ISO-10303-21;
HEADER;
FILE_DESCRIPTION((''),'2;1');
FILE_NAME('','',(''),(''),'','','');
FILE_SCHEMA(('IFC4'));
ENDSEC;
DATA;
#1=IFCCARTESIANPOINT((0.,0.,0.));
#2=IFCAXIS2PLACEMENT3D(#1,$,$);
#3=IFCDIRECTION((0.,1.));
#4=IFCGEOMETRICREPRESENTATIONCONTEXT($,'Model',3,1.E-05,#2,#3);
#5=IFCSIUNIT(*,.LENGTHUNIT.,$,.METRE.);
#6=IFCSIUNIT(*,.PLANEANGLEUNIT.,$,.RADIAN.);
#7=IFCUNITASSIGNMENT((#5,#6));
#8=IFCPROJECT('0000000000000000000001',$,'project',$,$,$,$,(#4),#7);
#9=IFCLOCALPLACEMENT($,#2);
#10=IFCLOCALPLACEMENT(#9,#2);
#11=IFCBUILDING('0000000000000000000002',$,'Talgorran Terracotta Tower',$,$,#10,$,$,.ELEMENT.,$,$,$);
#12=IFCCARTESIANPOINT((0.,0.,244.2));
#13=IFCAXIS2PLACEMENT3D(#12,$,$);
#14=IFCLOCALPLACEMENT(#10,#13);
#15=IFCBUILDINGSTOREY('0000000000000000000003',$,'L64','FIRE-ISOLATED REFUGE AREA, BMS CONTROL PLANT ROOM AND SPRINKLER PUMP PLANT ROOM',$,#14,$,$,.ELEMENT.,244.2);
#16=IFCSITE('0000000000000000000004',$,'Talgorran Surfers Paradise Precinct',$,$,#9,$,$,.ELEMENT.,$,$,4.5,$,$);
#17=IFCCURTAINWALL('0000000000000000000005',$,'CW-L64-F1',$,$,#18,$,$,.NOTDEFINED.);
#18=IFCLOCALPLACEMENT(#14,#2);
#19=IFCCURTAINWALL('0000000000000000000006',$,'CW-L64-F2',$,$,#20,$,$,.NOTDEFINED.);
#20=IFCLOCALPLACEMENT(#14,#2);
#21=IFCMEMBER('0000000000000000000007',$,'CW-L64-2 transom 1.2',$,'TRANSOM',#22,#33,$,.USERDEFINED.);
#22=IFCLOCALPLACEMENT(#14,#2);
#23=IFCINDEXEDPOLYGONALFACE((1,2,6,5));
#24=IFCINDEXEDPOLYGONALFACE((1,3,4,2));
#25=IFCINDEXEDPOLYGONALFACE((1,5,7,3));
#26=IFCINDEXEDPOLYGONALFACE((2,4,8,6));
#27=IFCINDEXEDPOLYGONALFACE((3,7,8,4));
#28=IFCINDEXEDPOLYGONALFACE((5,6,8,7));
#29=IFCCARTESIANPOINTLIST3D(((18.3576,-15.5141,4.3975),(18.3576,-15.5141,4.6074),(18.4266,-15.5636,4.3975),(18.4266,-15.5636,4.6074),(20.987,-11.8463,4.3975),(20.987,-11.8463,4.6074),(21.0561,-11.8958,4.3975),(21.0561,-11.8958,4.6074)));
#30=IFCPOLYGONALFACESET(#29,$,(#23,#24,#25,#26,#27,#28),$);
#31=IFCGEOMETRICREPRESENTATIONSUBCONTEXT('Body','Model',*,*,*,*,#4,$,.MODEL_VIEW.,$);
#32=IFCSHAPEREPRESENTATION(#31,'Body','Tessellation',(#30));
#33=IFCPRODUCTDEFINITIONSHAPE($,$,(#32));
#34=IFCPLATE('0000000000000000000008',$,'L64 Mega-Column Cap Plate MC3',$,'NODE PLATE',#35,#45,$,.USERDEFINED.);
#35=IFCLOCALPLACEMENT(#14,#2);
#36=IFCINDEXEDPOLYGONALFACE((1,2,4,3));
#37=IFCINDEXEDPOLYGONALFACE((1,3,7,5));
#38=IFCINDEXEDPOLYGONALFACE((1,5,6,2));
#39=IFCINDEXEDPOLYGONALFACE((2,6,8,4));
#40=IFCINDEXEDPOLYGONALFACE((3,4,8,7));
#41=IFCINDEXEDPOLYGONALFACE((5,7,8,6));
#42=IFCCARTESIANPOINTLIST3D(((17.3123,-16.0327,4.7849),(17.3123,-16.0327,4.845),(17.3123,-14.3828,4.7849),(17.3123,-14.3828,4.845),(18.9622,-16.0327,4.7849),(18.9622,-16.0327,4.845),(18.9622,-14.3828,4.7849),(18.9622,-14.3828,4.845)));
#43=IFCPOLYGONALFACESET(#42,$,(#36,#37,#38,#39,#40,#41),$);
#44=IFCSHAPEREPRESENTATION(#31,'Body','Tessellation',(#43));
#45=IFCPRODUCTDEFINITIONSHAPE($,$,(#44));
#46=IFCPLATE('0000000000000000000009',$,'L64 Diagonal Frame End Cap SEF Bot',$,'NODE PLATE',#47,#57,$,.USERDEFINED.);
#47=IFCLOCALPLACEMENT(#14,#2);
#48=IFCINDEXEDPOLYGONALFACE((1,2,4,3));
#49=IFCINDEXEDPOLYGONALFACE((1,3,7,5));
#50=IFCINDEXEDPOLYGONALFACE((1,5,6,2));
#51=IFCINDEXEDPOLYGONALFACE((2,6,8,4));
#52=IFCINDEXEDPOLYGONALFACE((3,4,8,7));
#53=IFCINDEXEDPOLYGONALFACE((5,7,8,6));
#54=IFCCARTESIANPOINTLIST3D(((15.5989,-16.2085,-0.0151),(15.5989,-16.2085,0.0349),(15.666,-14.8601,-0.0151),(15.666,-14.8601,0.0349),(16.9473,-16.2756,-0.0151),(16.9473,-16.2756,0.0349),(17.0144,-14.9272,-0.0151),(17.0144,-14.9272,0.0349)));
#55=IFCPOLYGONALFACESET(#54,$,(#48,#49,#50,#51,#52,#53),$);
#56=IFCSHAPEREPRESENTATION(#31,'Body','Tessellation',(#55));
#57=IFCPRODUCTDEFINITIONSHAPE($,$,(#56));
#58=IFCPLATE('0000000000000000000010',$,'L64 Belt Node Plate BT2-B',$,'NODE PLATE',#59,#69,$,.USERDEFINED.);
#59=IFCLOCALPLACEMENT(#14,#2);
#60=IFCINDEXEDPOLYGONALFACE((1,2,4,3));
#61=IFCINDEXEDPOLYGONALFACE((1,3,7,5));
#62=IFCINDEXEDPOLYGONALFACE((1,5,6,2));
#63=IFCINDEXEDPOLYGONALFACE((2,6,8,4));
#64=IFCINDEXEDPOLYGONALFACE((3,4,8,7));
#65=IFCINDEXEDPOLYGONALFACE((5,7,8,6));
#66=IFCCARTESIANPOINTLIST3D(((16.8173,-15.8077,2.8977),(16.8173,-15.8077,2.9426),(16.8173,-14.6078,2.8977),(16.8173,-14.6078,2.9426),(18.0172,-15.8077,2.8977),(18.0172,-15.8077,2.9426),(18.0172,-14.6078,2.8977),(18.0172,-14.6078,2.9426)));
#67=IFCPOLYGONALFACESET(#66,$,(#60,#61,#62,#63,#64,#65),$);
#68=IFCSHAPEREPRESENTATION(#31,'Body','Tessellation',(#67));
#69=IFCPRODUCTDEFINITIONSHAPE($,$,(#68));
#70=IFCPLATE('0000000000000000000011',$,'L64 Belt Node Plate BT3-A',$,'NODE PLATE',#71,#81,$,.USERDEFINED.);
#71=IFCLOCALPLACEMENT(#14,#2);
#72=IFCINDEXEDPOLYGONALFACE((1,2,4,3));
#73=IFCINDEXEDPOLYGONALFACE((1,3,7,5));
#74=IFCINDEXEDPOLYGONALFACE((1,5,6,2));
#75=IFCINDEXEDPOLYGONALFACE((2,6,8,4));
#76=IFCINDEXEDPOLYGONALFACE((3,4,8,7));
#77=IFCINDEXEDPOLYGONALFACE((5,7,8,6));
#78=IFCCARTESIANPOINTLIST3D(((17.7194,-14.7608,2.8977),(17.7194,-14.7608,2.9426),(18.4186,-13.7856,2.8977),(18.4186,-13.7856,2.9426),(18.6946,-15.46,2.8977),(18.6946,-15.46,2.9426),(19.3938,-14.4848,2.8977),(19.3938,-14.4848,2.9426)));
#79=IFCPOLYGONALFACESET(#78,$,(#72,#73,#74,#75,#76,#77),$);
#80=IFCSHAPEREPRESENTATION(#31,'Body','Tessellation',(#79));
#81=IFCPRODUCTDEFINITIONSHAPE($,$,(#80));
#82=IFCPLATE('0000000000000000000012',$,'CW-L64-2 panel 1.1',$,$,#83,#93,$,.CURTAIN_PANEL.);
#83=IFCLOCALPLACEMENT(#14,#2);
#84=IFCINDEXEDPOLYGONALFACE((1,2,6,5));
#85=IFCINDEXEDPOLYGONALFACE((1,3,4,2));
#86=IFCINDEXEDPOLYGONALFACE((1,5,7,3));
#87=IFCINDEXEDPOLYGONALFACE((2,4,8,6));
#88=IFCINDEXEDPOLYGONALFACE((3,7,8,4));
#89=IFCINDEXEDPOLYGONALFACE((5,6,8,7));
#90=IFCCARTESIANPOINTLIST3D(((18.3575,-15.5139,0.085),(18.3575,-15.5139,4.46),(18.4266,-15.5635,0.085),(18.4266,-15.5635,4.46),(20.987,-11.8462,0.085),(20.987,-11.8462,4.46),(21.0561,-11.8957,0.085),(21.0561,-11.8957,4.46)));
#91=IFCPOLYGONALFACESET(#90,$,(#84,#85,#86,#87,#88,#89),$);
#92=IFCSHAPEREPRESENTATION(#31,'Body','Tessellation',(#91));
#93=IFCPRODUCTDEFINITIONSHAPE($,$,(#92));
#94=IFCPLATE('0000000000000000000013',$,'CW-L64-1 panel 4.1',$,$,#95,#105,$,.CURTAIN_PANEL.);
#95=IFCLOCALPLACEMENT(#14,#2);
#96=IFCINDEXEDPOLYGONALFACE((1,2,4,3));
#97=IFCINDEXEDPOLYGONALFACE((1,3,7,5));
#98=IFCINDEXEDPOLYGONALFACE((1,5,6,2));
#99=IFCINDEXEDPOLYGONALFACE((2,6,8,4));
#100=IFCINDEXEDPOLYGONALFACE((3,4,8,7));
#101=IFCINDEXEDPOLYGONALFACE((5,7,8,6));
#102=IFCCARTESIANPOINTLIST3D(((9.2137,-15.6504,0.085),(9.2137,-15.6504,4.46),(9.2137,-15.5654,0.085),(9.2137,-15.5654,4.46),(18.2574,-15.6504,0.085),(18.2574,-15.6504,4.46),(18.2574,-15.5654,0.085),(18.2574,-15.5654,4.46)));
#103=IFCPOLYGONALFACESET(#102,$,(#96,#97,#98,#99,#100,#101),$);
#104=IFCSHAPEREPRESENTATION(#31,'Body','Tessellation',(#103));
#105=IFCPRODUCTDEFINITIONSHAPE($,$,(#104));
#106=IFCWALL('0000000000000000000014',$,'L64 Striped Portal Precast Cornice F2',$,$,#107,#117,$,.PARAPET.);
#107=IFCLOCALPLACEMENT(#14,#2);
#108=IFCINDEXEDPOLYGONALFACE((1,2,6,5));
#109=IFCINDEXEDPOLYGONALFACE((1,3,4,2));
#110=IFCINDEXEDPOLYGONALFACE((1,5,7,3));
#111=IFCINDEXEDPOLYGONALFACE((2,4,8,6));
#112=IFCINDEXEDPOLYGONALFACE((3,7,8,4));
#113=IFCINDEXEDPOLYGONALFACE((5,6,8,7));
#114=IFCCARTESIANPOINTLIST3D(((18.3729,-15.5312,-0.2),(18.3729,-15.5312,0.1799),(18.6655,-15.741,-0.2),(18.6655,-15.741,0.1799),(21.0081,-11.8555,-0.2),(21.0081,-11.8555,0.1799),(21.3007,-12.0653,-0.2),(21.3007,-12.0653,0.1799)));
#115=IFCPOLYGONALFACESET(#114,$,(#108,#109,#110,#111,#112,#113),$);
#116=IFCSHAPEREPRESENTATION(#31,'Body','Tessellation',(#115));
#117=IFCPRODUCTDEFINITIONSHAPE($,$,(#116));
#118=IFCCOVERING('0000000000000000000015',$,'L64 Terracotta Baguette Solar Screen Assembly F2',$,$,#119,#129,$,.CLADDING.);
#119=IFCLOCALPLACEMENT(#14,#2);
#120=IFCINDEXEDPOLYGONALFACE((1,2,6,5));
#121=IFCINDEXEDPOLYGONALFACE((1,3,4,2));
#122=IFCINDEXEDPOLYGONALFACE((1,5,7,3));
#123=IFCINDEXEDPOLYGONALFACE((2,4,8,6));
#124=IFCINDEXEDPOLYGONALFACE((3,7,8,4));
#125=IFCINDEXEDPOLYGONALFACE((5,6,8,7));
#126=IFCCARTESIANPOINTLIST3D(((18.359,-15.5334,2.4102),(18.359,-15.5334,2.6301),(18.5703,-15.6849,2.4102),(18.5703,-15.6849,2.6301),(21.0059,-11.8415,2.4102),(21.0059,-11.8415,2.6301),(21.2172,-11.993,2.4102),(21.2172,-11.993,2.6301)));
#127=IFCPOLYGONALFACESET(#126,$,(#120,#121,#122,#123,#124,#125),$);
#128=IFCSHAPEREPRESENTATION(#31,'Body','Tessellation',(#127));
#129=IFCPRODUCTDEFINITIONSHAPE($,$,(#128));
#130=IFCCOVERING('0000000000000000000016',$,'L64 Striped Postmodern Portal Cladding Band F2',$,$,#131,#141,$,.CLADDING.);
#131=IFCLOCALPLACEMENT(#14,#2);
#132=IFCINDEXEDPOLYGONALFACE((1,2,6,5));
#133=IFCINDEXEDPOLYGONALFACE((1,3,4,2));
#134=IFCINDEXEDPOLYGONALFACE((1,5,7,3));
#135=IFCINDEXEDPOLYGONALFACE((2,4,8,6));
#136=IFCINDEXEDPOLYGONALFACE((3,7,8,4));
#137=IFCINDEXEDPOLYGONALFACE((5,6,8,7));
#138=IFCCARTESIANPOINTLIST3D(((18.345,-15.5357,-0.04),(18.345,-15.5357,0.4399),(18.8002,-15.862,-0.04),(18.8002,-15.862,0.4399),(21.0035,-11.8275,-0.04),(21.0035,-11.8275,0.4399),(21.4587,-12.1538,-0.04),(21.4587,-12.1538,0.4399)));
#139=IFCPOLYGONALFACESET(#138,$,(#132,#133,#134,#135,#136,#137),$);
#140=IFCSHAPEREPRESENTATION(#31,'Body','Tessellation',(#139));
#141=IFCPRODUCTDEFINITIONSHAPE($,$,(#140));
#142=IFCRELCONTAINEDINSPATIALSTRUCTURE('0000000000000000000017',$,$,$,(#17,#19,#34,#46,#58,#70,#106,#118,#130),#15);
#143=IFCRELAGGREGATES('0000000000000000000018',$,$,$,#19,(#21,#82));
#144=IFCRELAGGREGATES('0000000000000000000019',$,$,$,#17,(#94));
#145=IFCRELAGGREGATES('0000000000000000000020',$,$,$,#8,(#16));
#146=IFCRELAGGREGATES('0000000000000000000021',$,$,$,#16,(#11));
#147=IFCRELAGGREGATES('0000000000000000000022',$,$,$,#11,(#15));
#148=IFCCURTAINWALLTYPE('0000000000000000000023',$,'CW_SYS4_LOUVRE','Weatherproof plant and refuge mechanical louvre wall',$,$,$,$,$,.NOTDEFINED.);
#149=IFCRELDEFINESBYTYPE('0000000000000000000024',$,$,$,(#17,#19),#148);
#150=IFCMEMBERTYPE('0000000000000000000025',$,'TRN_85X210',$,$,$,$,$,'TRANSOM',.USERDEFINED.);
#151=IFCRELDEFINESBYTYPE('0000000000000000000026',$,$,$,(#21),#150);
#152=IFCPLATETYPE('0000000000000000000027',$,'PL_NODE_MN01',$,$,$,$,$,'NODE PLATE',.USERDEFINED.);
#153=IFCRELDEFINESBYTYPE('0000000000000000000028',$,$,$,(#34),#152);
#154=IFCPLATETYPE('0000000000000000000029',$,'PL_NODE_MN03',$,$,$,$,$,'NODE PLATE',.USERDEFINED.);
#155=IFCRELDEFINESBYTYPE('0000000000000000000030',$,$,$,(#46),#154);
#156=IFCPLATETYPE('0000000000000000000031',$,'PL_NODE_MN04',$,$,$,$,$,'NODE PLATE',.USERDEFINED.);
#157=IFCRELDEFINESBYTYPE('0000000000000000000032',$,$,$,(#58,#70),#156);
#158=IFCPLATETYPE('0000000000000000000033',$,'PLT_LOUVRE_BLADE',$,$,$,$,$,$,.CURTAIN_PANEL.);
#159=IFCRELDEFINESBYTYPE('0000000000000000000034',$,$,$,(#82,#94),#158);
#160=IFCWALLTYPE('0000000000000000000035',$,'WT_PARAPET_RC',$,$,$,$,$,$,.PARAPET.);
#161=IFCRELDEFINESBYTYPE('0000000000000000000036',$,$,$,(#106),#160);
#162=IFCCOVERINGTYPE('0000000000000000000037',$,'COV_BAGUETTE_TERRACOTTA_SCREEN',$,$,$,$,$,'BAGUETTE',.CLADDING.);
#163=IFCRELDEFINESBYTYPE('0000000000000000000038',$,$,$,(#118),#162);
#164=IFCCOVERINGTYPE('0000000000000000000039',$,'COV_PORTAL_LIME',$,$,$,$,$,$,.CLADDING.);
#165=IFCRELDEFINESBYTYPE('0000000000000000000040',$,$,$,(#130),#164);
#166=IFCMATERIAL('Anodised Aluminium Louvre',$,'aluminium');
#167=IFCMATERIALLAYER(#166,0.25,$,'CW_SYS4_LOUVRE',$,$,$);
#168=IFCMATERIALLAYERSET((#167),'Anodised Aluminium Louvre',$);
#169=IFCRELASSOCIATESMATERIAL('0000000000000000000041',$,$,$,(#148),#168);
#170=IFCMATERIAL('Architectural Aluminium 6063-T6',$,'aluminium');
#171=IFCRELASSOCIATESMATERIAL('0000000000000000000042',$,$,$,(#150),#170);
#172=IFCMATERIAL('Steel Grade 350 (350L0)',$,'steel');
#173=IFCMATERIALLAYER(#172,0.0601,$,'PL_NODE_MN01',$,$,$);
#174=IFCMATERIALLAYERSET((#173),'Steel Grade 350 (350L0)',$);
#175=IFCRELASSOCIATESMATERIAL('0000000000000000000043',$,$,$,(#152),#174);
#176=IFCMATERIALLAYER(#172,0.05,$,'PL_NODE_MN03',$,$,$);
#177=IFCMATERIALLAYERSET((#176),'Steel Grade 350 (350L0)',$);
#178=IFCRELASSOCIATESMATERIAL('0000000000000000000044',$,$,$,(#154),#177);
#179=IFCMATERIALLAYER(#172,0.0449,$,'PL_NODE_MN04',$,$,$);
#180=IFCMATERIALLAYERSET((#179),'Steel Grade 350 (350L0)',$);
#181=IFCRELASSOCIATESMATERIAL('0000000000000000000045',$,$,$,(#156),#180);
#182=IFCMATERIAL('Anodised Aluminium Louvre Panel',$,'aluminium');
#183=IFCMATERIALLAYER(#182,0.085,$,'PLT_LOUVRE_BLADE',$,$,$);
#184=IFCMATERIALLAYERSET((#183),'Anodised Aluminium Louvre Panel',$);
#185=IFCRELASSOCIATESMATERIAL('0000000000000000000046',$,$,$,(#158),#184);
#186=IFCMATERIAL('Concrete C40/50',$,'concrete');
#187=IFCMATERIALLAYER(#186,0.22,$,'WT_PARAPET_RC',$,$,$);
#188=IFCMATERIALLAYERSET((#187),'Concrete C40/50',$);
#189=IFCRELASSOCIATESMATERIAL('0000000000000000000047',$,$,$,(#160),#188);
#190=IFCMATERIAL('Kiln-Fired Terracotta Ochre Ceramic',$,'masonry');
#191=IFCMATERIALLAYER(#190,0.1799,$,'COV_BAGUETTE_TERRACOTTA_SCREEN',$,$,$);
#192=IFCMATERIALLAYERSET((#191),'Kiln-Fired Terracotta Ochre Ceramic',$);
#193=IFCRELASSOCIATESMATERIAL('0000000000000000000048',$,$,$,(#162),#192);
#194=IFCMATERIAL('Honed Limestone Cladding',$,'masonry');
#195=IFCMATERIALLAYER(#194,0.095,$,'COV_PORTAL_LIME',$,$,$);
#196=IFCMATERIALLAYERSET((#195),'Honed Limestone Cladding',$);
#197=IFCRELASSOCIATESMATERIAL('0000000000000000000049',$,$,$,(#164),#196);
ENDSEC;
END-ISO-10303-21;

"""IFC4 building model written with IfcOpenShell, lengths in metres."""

from ifc_helpers import new_model, si_unit, direction, frame, frame_2d, origin, origin_2d, place, context, subcontext, project, spatial, rectangle, extrude, source, transform, mapped, material, layer, layer_set, material_profile, profile_set, type_object, type_shapes, element, aggregate, save


model = new_model("IFC4")

# Units and contexts
model_context = context("Model", 3, precision=1e-05, world=origin(), true_north=direction((0.0, 1.0)))
body_context = subcontext(model_context, "Body", "Model", "MODEL_VIEW")
ifc_project = project(units=[si_unit("LENGTHUNIT", "METRE"), si_unit("PLANEANGLEUNIT", "RADIAN")], contexts=[model_context])

# Site, building, storey
site_placement = place(None, origin())
site = spatial("IfcSite", under=ifc_project, at=site_placement, Name="Talgorran Surfers Paradise Precinct", CompositionType="ELEMENT", RefElevation=4.5)
building_placement = place(site_placement, origin())
building = spatial("IfcBuilding", under=site, at=building_placement, Name="Talgorran Terracotta Tower", CompositionType="ELEMENT")
storey_placement = place(building_placement, frame((0.0, 0.0, 244.2)))
storey = spatial("IfcBuildingStorey", under=building, at=storey_placement, Name="L64", Description="FIRE-ISOLATED REFUGE AREA, BMS CONTROL PLANT ROOM AND SPRINKLER PUMP PLANT ROOM", CompositionType="ELEMENT", Elevation=244.2)

# Shared definitions
ifc_material_1 = material(Name="Steel Grade 350 (350L0)", Category="steel")

# Curtain wall
ifc_material_2 = material(Name="Anodised Aluminium Louvre", Category="aluminium")
ifc_layer_1 = layer(ifc_material_2, 0.25, Name="CW_SYS4_LOUVRE")
ifc_layer_set_1 = layer_set([ifc_layer_1], Name="Anodised Aluminium Louvre")
curtain_wall_type = type_object("IfcCurtainWallType", Name="CW_SYS4_LOUVRE", Description="Weatherproof plant and refuge mechanical louvre wall", PredefinedType="NOTDEFINED", material=ifc_layer_set_1)
curtain_wall_1_placement = place(storey_placement, origin())
curtain_wall_1 = element("IfcCurtainWall", 1, at=curtain_wall_1_placement, inside=storey, type_object=curtain_wall_type, Name="CW-L64-F1", PredefinedType="NOTDEFINED")
ifc_material_3 = material(Name="Architectural Aluminium 6063-T6", Category="aluminium")

# Curtain wall, member
curtain_wall_2_placement = place(storey_placement, origin())
curtain_wall_2 = element("IfcCurtainWall", 2, at=curtain_wall_2_placement, inside=storey, type_object=curtain_wall_type, Name="CW-L64-F2", PredefinedType="NOTDEFINED")
ifc_material_profile_1 = material_profile(ifc_material_3, rectangle(XDim=0.085, YDim=0.21, at=origin_2d()), Name="CWT85X210")
ifc_profile_set_1 = profile_set([ifc_material_profile_1], Name="Architectural Aluminium 6063-T6")
member_type_1 = type_object("IfcMemberType", Name="TRN_85X210", ElementType="TRANSOM", PredefinedType="USERDEFINED", material=ifc_profile_set_1)
member_1_placement = place(storey_placement, frame((18.3921, -15.5388, 4.5024), z_axis=(0.582645, 0.812727, 0.0), x_axis=(-0.812727, 0.582645, 0.0)))
member_1 = element("IfcMember", 3, at=member_1_placement, type_object=member_type_1, Name="CW-L64-2 transom 1.2", ObjectType="TRANSOM", PredefinedType="USERDEFINED", context=body_context, shape_type="SweptSolid", body=[
    extrude(rectangle(XDim=0.085, YDim=0.21, at=origin_2d()), origin(), (0.0, 0.0, 1.0), 4.5129),
])

# Plates
ifc_layer_2 = layer(ifc_material_1, 0.0601, Name="PL_NODE_MN01")
ifc_layer_set_2 = layer_set([ifc_layer_2], Name="Steel Grade 350 (350L0)")
plate_type_1 = type_object("IfcPlateType", Name="PL_NODE_MN01", ElementType="NODE PLATE", PredefinedType="USERDEFINED", material=ifc_layer_set_2)
plate_1_placement = place(storey_placement, frame((18.1372, -15.2078, 4.7849), z_axis=(0.0, 0.0, 1.0), x_axis=(1.0, 0.0, 0.0)))
element("IfcPlate", 4, at=plate_1_placement, inside=storey, type_object=plate_type_1, Name="L64 Mega-Column Cap Plate MC3", ObjectType="NODE PLATE", PredefinedType="USERDEFINED", context=body_context, shape_type="SweptSolid", body=[
    extrude(rectangle(XDim=1.6499, YDim=1.6499, at=origin_2d()), origin(), (0.0, 0.0, 1.0), 0.0601),
])
ifc_layer_3 = layer(ifc_material_1, 0.05, Name="PL_NODE_MN03")
ifc_layer_set_3 = layer_set([ifc_layer_3], Name="Steel Grade 350 (350L0)")
plate_type_2 = type_object("IfcPlateType", Name="PL_NODE_MN03", ElementType="NODE PLATE", PredefinedType="USERDEFINED", material=ifc_layer_set_3)
plate_2_placement = place(storey_placement, frame((16.3066, -15.5679, -0.0151), z_axis=(0.0, 0.0, 1.0), x_axis=(-0.998763, 0.049721, 0.0)))
element("IfcPlate", 5, at=plate_2_placement, inside=storey, type_object=plate_type_2, Name="L64 Diagonal Frame End Cap SEF Bot", ObjectType="NODE PLATE", PredefinedType="USERDEFINED", context=body_context, shape_type="SweptSolid", body=[
    extrude(rectangle(XDim=1.3501, YDim=1.3501, at=origin_2d()), origin(), (0.0, 0.0, 1.0), 0.05),
])
ifc_layer_4 = layer(ifc_material_1, 0.0449, Name="PL_NODE_MN04")
ifc_layer_set_4 = layer_set([ifc_layer_4], Name="Steel Grade 350 (350L0)")
plate_type_3 = type_object("IfcPlateType", Name="PL_NODE_MN04", ElementType="NODE PLATE", PredefinedType="USERDEFINED", material=ifc_layer_set_4)
for number, where, z_axis, x_axis, name in (
    (6, (17.4172, -15.2078, 2.8977), (0.0, 0.0, 1.0), (1.0, 0.0, 0.0), "L64 Belt Node Plate BT2-B"),
    (7, (18.5566, -14.6228, 2.8977), (0.0, 0.0, 1.0), (0.58269, 0.812694, 0.0), "L64 Belt Node Plate BT3-A"),
):
    element("IfcPlate", number, at=place(storey_placement, frame(where, z_axis=z_axis, x_axis=x_axis)), inside=storey, type_object=plate_type_3, Name=name, ObjectType="NODE PLATE", PredefinedType="USERDEFINED", context=body_context, shape_type="SweptSolid", body=[
        extrude(rectangle(XDim=1.2, YDim=1.2, at=origin_2d()), origin(), (0.0, 0.0, 1.0), 0.0449),
    ])

# Plates
ifc_material_4 = material(Name="Anodised Aluminium Louvre Panel", Category="aluminium")
ifc_layer_5 = layer(ifc_material_4, 0.085, Name="PLT_LOUVRE_BLADE")
ifc_layer_set_5 = layer_set([ifc_layer_5], Name="Anodised Aluminium Louvre Panel")
plate_type_4 = type_object("IfcPlateType", Name="PLT_LOUVRE_BLADE", PredefinedType="CURTAIN_PANEL", material=ifc_layer_set_5)
shared_shape_1 = source(origin(), body_context, "Body", "SweptSolid", [
    extrude(rectangle(XDim=4.5129, YDim=0.085, at=origin_2d()), origin(), (0.0, 0.0, 1.0), 4.375),
])
plate_3_placement = place(storey_placement, frame((19.7068, -13.7048, 0.085), z_axis=(0.0, 0.0, 1.0), x_axis=(0.582661, 0.812715, 0.0)))
plate_3 = element("IfcPlate", 8, at=plate_3_placement, type_object=plate_type_4, Name="CW-L64-2 panel 1.1", PredefinedType="CURTAIN_PANEL", context=body_context, shape_type="MappedRepresentation", body=[
    mapped(shared_shape_1, transform((0.0, 0.0, 0.0), scale=1.0)),
])
aggregate(curtain_wall_2, [member_1, plate_3])
shared_shape_2 = source(origin(), body_context, "Body", "SweptSolid", [
    extrude(rectangle(XDim=9.0437, YDim=0.085, at=origin_2d()), origin(), (0.0, 0.0, 1.0), 4.375),
])
type_shapes(plate_type_4, [shared_shape_1, shared_shape_2])
plate_4_placement = place(storey_placement, frame((13.7356, -15.6079, 0.085), z_axis=(0.0, 0.0, 1.0), x_axis=(1.0, 0.0, 0.0)))
plate_4 = element("IfcPlate", 9, at=plate_4_placement, type_object=plate_type_4, Name="CW-L64-1 panel 4.1", PredefinedType="CURTAIN_PANEL", context=body_context, shape_type="MappedRepresentation", body=[
    mapped(shared_shape_2, transform((0.0, 0.0, 0.0), scale=1.0)),
])
aggregate(curtain_wall_1, [plate_4])

# Wall
ifc_material_5 = material(Name="Concrete C40/50", Category="concrete")
ifc_layer_6 = layer(ifc_material_5, 0.22, Name="WT_PARAPET_RC")
ifc_layer_set_6 = layer_set([ifc_layer_6], Name="Concrete C40/50")
wall_type = type_object("IfcWallType", Name="WT_PARAPET_RC", PredefinedType="PARAPET", material=ifc_layer_set_6)
wall_placement = place(storey_placement, frame((18.5193, -15.636, -0.2), z_axis=(0.0, 0.0, 1.0), x_axis=(0.582657, 0.812718, 0.0)))
element("IfcWall", 10, at=wall_placement, inside=storey, type_object=wall_type, Name="L64 Striped Portal Precast Cornice F2", PredefinedType="PARAPET", context=body_context, shape_type="SweptSolid", body=[
    extrude(rectangle(XDim=4.5227, YDim=0.3601, at=frame_2d((2.2612, 0.0))), origin(), (0.0, 0.0, 1.0), 0.3799),
])

# Coverings
ifc_material_6 = material(Name="Kiln-Fired Terracotta Ochre Ceramic", Category="masonry")
ifc_layer_7 = layer(ifc_material_6, 0.1799, Name="COV_BAGUETTE_TERRACOTTA_SCREEN")
ifc_layer_set_7 = layer_set([ifc_layer_7], Name="Kiln-Fired Terracotta Ochre Ceramic")
covering_type_1 = type_object("IfcCoveringType", Name="COV_BAGUETTE_TERRACOTTA_SCREEN", ElementType="BAGUETTE", PredefinedType="CLADDING", material=ifc_layer_set_7)
covering_1_placement = place(storey_placement, frame((19.7881, -13.7632, 2.4102), z_axis=(0.0, 0.0, 1.0), x_axis=(0.582662, 0.812715, 0.0)))
element("IfcCovering", 11, at=covering_1_placement, inside=storey, type_object=covering_type_1, Name="L64 Terracotta Baguette Solar Screen Assembly F2", PredefinedType="CLADDING", context=body_context, shape_type="SweptSolid", body=[
    extrude(rectangle(XDim=4.5427, YDim=0.26, at=origin_2d()), origin(), (0.0, 0.0, 1.0), 0.22),
])
ifc_material_7 = material(Name="Honed Limestone Cladding", Category="masonry")
ifc_layer_8 = layer(ifc_material_7, 0.095, Name="COV_PORTAL_LIME")
ifc_layer_set_8 = layer_set([ifc_layer_8], Name="Honed Limestone Cladding")
covering_type_2 = type_object("IfcCoveringType", Name="COV_PORTAL_LIME", PredefinedType="CLADDING", material=ifc_layer_set_8)
covering_2_placement = place(storey_placement, frame((19.9019, -13.8447, -0.04), z_axis=(0.0, 0.0, 1.0), x_axis=(0.582662, 0.812715, 0.0)))
element("IfcCovering", 12, at=covering_2_placement, inside=storey, type_object=covering_type_2, Name="L64 Striped Postmodern Portal Cladding Band F2", PredefinedType="CLADDING", context=body_context, shape_type="SweptSolid", body=[
    extrude(rectangle(XDim=4.5627, YDim=0.5601, at=origin_2d()), origin(), (0.0, 0.0, 1.0), 0.48),
])

save(model, "model.ifc")
